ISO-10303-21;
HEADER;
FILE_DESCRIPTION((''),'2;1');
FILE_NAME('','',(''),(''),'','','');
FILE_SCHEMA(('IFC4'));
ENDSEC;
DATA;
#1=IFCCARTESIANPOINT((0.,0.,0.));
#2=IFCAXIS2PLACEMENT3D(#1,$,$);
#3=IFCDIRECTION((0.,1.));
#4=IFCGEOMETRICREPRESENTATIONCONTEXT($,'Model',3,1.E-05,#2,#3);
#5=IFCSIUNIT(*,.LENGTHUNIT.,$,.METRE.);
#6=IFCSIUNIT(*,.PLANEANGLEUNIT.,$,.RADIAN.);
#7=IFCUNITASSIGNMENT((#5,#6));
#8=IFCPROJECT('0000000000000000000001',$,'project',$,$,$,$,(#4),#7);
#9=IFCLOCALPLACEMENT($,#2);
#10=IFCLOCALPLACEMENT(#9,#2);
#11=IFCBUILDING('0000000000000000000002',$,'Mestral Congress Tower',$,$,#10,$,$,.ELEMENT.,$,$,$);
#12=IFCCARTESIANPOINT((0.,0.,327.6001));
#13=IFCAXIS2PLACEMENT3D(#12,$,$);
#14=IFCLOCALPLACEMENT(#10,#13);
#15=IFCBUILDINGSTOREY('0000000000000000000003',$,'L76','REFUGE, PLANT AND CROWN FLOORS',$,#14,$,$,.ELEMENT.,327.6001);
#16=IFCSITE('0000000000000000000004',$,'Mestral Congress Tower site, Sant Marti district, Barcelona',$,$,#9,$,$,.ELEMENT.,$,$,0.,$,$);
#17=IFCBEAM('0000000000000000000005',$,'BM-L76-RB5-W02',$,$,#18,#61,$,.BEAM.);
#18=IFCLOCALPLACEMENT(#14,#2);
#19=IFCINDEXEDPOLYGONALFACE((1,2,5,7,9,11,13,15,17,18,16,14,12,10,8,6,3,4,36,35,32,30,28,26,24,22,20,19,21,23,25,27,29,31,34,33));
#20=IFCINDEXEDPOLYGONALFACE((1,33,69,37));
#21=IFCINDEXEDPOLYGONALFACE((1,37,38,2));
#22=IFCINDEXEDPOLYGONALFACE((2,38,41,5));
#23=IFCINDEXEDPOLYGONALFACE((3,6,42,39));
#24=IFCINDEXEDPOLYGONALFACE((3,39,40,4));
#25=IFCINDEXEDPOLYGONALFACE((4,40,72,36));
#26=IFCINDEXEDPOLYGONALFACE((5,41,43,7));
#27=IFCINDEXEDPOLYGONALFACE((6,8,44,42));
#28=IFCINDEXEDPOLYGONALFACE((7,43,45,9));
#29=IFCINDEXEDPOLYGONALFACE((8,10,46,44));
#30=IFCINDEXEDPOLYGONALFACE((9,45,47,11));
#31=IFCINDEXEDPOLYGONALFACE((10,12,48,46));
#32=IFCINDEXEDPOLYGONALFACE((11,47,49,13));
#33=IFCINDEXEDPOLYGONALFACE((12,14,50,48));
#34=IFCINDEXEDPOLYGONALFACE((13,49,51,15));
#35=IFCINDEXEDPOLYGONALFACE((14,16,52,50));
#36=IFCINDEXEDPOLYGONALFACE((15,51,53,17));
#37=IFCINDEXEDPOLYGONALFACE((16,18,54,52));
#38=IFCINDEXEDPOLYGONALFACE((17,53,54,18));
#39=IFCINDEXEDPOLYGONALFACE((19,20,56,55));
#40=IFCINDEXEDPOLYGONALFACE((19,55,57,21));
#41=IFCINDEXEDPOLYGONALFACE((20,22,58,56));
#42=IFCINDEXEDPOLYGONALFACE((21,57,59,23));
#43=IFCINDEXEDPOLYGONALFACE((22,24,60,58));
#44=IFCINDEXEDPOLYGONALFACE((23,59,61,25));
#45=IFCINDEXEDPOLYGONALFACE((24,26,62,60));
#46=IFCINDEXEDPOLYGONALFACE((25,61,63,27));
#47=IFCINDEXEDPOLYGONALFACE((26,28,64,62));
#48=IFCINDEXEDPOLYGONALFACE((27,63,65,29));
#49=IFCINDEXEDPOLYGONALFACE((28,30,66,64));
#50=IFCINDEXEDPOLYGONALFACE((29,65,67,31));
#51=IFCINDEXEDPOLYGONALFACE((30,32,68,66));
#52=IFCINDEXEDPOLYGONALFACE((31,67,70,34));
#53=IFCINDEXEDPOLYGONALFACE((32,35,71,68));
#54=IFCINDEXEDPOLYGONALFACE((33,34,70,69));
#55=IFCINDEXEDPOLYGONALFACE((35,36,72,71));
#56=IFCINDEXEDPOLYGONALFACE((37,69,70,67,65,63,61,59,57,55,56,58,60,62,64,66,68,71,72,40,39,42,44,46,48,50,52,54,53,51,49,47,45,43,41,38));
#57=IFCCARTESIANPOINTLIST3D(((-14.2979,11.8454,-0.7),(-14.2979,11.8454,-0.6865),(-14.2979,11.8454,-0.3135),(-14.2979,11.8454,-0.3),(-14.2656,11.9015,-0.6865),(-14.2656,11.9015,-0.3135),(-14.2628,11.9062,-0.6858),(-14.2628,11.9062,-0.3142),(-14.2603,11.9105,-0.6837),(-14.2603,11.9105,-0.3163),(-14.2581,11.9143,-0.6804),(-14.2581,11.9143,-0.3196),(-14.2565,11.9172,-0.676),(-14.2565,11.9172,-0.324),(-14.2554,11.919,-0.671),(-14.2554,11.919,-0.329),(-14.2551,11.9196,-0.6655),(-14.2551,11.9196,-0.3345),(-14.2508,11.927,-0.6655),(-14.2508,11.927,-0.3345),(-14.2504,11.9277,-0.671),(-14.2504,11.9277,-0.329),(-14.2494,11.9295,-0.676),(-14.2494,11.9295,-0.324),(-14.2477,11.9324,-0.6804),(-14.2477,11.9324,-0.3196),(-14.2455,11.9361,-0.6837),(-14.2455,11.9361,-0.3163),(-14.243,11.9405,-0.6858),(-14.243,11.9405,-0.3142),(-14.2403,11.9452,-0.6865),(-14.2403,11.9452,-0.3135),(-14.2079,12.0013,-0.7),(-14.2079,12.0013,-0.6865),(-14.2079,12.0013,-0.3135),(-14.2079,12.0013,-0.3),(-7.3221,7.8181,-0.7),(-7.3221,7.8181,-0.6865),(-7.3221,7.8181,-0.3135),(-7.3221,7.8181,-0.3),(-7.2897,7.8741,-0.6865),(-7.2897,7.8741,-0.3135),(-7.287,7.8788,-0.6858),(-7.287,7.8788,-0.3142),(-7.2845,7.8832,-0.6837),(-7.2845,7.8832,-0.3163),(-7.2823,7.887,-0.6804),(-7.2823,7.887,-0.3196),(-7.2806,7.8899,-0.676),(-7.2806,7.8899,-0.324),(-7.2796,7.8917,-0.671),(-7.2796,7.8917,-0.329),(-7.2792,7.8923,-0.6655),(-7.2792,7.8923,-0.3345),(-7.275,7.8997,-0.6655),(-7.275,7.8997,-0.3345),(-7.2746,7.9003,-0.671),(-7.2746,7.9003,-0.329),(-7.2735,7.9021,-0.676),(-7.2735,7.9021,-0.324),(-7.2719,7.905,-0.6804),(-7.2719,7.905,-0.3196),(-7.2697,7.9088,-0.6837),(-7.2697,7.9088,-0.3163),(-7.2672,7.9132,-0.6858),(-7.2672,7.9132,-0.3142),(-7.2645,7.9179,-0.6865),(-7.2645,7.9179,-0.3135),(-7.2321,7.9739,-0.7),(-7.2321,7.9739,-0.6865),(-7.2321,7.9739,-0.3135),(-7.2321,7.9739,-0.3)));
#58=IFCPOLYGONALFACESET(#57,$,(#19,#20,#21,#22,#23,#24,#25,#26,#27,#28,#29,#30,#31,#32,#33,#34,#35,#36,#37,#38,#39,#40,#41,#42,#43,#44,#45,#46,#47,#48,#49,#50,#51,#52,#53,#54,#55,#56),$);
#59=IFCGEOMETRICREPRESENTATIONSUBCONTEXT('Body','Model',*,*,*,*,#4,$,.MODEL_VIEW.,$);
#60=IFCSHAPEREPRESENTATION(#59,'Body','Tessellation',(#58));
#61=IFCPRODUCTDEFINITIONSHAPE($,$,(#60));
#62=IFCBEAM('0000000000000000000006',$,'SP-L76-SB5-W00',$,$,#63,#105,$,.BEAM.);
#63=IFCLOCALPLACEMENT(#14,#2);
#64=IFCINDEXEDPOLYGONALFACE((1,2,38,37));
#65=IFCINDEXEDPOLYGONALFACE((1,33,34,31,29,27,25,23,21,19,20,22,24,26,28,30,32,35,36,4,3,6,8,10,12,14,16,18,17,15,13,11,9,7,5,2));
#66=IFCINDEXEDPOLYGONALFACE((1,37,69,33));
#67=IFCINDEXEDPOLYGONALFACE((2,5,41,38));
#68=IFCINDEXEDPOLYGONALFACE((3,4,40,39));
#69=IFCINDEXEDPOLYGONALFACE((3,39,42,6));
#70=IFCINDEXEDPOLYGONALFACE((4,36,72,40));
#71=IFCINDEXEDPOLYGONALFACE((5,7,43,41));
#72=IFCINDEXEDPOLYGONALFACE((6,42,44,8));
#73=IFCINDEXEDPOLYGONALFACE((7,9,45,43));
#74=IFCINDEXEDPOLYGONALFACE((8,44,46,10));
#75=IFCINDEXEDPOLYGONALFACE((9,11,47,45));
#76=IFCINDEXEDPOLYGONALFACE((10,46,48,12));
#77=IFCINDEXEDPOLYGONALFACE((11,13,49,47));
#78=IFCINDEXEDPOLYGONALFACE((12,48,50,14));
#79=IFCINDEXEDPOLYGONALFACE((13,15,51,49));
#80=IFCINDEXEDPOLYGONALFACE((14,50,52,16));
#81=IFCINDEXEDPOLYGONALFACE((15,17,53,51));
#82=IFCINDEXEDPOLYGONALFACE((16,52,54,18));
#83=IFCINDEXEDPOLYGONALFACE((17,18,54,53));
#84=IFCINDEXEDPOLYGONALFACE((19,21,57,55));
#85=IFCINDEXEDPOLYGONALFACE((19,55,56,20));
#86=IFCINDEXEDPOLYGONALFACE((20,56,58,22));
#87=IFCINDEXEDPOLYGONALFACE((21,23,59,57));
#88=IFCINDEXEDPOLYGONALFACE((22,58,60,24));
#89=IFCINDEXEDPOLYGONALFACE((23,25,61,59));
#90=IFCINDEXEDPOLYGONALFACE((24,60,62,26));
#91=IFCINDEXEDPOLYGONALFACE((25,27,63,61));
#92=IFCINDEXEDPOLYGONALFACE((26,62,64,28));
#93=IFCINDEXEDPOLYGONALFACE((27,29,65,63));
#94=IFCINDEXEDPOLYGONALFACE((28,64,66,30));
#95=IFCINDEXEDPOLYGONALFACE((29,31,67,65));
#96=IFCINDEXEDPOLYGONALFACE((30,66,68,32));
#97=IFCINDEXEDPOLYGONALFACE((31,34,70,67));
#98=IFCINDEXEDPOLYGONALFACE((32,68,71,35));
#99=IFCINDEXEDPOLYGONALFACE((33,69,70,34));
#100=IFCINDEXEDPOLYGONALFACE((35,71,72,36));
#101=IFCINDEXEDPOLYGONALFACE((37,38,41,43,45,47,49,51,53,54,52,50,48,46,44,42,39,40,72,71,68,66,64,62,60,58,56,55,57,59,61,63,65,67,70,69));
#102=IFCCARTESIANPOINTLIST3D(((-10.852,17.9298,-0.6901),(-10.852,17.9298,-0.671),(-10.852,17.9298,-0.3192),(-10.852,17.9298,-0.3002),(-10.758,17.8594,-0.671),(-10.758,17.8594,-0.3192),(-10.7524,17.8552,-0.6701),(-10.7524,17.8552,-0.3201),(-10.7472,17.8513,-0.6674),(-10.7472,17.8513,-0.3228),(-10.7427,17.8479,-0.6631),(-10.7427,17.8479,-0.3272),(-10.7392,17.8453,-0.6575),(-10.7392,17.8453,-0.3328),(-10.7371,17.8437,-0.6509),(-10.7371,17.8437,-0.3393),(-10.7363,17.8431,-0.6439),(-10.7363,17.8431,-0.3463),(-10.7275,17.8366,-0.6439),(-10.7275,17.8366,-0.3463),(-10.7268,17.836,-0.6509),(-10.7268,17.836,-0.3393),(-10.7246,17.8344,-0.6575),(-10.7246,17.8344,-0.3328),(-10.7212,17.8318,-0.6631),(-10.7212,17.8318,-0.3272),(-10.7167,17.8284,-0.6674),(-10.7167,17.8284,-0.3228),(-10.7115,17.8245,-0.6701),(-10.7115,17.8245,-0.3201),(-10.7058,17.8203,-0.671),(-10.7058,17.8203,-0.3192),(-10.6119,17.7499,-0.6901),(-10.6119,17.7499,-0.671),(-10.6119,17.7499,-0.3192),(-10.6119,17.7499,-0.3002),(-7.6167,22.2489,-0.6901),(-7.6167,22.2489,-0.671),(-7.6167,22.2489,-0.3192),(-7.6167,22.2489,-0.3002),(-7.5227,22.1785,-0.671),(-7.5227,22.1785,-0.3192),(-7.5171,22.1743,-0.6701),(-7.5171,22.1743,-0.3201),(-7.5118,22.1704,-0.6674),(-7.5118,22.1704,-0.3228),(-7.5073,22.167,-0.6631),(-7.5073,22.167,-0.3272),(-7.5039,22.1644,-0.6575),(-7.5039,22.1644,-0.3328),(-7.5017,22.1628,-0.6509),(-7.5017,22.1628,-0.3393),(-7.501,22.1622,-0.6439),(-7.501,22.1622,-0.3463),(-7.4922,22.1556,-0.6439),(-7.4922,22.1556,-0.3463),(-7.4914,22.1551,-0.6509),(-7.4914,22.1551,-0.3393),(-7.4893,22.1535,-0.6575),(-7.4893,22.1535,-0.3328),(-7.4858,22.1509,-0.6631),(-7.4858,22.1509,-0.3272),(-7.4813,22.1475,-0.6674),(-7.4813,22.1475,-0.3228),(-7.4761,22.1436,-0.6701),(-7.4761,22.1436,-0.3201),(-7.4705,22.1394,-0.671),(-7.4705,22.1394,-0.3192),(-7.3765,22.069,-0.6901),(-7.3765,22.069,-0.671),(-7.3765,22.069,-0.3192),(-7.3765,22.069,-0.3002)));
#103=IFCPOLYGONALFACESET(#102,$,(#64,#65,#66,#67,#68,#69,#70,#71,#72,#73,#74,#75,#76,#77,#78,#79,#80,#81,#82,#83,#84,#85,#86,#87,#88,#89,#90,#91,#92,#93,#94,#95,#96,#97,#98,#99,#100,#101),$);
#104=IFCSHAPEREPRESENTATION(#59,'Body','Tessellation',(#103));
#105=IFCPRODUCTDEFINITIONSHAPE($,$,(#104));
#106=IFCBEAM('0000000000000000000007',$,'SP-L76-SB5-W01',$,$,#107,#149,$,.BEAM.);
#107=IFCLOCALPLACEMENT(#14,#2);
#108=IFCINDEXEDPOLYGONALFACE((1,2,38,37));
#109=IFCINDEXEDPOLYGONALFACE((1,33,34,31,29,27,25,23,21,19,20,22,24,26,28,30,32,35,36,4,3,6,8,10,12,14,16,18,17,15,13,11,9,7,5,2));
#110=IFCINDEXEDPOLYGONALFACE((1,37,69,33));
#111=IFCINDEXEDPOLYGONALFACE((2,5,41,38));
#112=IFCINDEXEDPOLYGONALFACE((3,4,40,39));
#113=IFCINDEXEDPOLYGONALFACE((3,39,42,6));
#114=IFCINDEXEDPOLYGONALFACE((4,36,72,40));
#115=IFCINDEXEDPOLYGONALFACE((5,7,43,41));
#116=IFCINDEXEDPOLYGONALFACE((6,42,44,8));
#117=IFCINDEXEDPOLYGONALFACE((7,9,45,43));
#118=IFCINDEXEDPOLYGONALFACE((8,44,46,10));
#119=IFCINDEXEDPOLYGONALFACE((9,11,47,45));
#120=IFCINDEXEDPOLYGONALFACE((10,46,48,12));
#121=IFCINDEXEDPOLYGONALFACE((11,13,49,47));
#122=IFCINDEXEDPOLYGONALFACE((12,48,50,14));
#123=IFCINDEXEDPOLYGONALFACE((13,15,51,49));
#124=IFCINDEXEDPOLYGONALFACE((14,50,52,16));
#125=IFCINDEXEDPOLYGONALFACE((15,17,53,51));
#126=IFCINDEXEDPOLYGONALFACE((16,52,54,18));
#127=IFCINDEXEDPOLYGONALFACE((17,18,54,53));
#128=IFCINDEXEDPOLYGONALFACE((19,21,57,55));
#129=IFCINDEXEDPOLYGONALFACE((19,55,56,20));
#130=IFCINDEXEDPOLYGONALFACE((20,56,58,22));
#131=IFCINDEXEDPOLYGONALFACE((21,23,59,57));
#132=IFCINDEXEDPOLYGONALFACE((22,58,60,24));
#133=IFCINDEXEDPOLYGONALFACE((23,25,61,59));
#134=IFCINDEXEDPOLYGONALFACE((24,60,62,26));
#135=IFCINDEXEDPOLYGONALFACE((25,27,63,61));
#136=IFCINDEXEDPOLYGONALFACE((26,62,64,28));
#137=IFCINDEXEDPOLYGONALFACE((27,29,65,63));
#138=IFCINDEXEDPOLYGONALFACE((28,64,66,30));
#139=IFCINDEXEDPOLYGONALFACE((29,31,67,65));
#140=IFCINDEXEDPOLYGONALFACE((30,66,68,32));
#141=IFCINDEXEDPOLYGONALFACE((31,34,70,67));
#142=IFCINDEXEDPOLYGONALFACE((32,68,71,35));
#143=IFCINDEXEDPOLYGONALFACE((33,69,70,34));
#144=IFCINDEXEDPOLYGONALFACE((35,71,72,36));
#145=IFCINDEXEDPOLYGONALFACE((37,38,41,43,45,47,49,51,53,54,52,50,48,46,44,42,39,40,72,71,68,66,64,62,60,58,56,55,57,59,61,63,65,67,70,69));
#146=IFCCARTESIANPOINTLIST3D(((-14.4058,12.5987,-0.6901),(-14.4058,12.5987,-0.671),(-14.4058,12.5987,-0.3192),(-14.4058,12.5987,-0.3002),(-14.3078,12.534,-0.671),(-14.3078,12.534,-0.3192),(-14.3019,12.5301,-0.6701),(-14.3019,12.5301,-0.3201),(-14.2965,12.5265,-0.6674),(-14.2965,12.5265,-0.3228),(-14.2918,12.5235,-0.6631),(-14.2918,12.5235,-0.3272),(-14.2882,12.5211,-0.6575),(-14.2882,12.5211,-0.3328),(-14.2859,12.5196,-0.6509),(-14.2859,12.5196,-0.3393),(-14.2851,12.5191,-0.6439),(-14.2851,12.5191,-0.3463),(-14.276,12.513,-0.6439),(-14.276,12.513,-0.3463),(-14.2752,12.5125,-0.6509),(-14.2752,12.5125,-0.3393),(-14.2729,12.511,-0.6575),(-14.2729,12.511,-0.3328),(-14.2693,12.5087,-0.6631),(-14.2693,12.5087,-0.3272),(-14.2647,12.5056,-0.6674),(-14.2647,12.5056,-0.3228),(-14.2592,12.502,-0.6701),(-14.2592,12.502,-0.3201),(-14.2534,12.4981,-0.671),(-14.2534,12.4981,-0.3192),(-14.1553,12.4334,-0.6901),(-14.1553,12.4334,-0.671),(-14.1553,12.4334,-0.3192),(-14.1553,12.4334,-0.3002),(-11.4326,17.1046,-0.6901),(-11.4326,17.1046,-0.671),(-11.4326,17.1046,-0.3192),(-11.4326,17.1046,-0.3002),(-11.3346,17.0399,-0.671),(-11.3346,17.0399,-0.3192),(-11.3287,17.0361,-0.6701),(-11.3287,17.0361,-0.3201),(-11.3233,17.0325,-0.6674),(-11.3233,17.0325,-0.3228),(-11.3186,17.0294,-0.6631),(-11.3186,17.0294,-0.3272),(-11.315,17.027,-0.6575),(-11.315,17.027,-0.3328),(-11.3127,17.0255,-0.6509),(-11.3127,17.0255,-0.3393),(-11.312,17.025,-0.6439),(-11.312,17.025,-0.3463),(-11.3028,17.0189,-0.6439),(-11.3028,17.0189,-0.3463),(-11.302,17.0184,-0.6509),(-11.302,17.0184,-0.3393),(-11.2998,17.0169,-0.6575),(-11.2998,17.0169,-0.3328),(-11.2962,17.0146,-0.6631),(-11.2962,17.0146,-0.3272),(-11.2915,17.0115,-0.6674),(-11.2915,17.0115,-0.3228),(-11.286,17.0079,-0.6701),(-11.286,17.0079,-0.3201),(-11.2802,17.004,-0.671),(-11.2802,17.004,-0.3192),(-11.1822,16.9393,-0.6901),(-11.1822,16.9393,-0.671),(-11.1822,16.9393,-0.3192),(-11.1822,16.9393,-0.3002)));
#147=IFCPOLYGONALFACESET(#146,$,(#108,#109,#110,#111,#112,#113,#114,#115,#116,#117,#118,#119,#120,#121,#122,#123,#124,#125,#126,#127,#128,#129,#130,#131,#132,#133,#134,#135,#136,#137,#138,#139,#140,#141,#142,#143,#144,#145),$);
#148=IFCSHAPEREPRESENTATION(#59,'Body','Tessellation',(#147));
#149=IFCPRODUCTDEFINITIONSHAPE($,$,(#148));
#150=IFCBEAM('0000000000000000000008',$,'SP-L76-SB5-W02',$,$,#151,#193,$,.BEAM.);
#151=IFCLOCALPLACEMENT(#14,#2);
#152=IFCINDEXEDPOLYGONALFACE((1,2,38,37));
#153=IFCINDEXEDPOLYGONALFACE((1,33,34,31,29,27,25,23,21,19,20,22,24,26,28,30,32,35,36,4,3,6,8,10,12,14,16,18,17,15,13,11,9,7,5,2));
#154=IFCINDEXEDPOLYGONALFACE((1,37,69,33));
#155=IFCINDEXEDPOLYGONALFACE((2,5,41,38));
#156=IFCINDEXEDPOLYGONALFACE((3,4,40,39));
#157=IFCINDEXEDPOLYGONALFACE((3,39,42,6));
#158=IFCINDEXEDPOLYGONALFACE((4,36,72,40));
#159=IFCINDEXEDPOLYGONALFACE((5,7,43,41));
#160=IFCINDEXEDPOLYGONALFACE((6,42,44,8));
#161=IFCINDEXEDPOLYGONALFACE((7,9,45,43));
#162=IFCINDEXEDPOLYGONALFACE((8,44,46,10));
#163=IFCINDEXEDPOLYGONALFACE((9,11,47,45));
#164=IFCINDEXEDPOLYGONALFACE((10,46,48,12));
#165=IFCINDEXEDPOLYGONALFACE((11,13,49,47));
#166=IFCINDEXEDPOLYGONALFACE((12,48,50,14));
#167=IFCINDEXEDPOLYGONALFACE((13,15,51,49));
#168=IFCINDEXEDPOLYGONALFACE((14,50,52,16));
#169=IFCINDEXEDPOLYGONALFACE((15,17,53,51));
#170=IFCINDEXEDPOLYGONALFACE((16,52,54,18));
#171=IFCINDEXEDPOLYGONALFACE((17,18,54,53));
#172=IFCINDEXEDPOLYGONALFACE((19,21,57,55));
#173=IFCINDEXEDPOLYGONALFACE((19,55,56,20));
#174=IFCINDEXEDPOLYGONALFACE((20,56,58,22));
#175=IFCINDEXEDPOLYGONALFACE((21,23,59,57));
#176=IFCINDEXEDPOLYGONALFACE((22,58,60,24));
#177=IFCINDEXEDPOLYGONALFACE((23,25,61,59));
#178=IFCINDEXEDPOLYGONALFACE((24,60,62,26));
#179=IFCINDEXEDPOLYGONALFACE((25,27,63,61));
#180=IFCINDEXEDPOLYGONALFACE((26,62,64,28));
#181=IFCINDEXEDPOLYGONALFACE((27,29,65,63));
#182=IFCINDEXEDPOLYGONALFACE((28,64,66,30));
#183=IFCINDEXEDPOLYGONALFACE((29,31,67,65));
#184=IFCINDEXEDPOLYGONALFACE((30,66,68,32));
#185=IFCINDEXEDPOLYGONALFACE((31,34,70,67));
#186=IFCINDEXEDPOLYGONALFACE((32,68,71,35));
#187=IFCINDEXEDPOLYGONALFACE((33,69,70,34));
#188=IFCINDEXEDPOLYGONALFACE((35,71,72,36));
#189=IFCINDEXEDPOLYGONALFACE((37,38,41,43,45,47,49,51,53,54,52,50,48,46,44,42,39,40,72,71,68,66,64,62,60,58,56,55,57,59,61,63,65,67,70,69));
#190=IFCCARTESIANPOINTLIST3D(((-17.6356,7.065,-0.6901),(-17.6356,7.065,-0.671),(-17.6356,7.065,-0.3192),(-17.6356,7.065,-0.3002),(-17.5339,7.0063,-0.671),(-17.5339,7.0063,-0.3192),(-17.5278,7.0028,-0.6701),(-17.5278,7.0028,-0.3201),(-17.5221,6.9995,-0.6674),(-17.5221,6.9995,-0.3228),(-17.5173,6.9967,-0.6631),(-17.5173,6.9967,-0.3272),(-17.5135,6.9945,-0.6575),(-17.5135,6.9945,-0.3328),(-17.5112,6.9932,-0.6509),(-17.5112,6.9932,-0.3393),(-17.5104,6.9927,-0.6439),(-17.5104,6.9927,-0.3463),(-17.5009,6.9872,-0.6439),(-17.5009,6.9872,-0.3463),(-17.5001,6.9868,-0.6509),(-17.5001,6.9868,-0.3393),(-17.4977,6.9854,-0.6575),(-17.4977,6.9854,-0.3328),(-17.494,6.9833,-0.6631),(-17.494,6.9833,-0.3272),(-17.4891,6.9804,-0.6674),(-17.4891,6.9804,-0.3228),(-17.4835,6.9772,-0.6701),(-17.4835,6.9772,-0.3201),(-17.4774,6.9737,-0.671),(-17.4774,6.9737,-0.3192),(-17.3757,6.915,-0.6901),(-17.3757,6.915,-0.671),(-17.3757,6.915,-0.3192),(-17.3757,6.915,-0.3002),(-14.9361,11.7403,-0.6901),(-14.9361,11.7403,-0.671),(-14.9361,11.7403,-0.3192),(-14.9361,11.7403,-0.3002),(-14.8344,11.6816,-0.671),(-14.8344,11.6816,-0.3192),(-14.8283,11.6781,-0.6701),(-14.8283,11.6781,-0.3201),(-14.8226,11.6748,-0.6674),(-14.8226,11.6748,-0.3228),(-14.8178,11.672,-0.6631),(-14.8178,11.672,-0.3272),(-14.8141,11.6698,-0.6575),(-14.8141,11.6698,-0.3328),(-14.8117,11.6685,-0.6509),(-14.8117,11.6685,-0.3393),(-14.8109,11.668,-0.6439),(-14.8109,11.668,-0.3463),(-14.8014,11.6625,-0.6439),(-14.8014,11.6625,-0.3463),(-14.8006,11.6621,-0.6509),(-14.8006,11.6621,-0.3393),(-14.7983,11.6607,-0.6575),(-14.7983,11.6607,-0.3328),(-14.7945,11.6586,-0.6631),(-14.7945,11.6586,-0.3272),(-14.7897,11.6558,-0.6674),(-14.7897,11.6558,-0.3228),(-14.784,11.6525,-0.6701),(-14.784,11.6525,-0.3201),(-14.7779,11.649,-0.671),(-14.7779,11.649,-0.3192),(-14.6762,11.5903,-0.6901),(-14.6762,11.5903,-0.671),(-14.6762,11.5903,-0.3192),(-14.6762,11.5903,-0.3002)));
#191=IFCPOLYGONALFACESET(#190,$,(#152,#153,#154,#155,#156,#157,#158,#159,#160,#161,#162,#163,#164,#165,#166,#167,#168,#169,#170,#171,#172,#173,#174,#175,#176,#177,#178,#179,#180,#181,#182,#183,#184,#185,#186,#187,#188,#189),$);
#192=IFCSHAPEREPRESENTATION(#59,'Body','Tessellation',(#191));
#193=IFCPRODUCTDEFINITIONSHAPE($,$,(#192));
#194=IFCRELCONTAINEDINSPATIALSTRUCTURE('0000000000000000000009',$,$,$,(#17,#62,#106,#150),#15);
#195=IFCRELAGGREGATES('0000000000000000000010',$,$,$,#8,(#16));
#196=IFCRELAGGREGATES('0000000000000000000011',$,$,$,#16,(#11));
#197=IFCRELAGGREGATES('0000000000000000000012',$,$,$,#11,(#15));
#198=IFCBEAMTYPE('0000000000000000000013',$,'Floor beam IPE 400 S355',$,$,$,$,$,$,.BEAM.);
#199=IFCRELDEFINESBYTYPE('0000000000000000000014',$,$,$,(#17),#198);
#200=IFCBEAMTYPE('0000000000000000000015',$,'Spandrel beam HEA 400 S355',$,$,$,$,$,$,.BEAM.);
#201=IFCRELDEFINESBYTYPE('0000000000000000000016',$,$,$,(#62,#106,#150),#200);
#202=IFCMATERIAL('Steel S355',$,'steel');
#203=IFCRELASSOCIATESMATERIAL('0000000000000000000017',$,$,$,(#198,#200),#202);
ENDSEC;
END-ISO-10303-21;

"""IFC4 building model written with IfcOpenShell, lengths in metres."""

from ifc_helpers import new_model, si_unit, direction, frame, origin, origin_2d, place, context, subcontext, project, spatial, i_section, extrude, material, material_profile, profile_set, type_object, element, save


model = new_model("IFC4")

# Units and contexts
model_context = context("Model", 3, precision=1e-05, world=origin(), true_north=direction((0.0, 1.0)))
body_context = subcontext(model_context, "Body", "Model", "MODEL_VIEW")
ifc_project = project(units=[si_unit("LENGTHUNIT", "METRE"), si_unit("PLANEANGLEUNIT", "RADIAN")], contexts=[model_context])

# Site, building, storey
site_placement = place(None, origin())
site = spatial("IfcSite", under=ifc_project, at=site_placement, Name="Mestral Congress Tower site, Sant Marti district, Barcelona", CompositionType="ELEMENT", RefElevation=0.0)
building_placement = place(site_placement, origin())
building = spatial("IfcBuilding", under=site, at=building_placement, Name="Mestral Congress Tower", CompositionType="ELEMENT")
storey_placement = place(building_placement, frame((0.0, 0.0, 327.6001)))
storey = spatial("IfcBuildingStorey", under=building, at=storey_placement, Name="L76", Description="REFUGE, PLANT AND CROWN FLOORS", CompositionType="ELEMENT", Elevation=327.6001)

# Shared definitions
ifc_material_1 = material(Name="Steel S355", Category="steel")

# Beams
ifc_material_profile_1 = material_profile(ifc_material_1, i_section(OverallWidth=0.1799, OverallDepth=0.3999, WebThickness=0.0085, FlangeThickness=0.0134, FilletRadius=0.021, at=origin_2d()), Name="IPE 400")
ifc_profile_set_1 = profile_set([ifc_material_profile_1], Name="Steel S355")
beam_type_1 = type_object("IfcBeamType", Name="Floor beam IPE 400 S355", PredefinedType="BEAM", material=ifc_profile_set_1)
beam_1_placement = place(storey_placement, frame((-14.2529, 11.9233, -0.5), z_axis=(0.866034, -0.499986, 0.0), x_axis=(0.499986, 0.866034, 0.0)))
element("IfcBeam", 1, at=beam_1_placement, inside=storey, type_object=beam_type_1, Name="BM-L76-RB5-W02", PredefinedType="BEAM", context=body_context, shape_type="SweptSolid", body=[
    extrude(i_section(OverallWidth=0.1799, OverallDepth=0.3999, WebThickness=0.0085, FlangeThickness=0.0134, FilletRadius=0.021, at=origin_2d()), origin(), (0.0, 0.0, 1.0), 8.0549),
])
ifc_material_profile_2 = material_profile(ifc_material_1, i_section(OverallWidth=0.3, OverallDepth=0.3899, WebThickness=0.011, FlangeThickness=0.019, FilletRadius=0.0271, at=origin_2d()), Name="HEA 400")
ifc_profile_set_2 = profile_set([ifc_material_profile_2], Name="Steel S355")
beam_type_2 = type_object("IfcBeamType", Name="Spandrel beam HEA 400 S355", PredefinedType="BEAM", material=ifc_profile_set_2)
beam_2_placement = place(storey_placement, frame((-7.4966, 22.1589, -0.4951), z_axis=(-0.599529, -0.800353, 0.0), x_axis=(0.800353, -0.599529, 0.0)))
element("IfcBeam", 2, at=beam_2_placement, inside=storey, type_object=beam_type_2, Name="SP-L76-SB5-W00", PredefinedType="BEAM", context=body_context, shape_type="SweptSolid", body=[
    extrude(i_section(OverallWidth=0.3, OverallDepth=0.3899, WebThickness=0.011, FlangeThickness=0.019, FilletRadius=0.0271, at=origin_2d()), origin(), (0.0, 0.0, 1.0), 5.3965),
])
beam_3_placement = place(storey_placement, frame((-11.3074, 17.022, -0.4951), z_axis=(-0.550749, -0.834671, 0.0), x_axis=(0.834671, -0.550749, 0.0)))
element("IfcBeam", 3, at=beam_3_placement, inside=storey, type_object=beam_type_2, Name="SP-L76-SB5-W01", PredefinedType="BEAM", context=body_context, shape_type="SweptSolid", body=[
    extrude(i_section(OverallWidth=0.3, OverallDepth=0.3899, WebThickness=0.011, FlangeThickness=0.019, FilletRadius=0.0271, at=origin_2d()), origin(), (0.0, 0.0, 1.0), 5.3984),
])
beam_4_placement = place(storey_placement, frame((-14.8062, 11.6653, -0.4951), z_axis=(-0.500025, -0.866011, 0.0), x_axis=(0.866011, -0.500025, 0.0)))
element("IfcBeam", 4, at=beam_4_placement, inside=storey, type_object=beam_type_2, Name="SP-L76-SB5-W02", PredefinedType="BEAM", context=body_context, shape_type="SweptSolid", body=[
    extrude(i_section(OverallWidth=0.3, OverallDepth=0.3899, WebThickness=0.011, FlangeThickness=0.019, FilletRadius=0.0271, at=origin_2d()), origin(), (0.0, 0.0, 1.0), 5.3987),
])

save(model, "model.ifc")
